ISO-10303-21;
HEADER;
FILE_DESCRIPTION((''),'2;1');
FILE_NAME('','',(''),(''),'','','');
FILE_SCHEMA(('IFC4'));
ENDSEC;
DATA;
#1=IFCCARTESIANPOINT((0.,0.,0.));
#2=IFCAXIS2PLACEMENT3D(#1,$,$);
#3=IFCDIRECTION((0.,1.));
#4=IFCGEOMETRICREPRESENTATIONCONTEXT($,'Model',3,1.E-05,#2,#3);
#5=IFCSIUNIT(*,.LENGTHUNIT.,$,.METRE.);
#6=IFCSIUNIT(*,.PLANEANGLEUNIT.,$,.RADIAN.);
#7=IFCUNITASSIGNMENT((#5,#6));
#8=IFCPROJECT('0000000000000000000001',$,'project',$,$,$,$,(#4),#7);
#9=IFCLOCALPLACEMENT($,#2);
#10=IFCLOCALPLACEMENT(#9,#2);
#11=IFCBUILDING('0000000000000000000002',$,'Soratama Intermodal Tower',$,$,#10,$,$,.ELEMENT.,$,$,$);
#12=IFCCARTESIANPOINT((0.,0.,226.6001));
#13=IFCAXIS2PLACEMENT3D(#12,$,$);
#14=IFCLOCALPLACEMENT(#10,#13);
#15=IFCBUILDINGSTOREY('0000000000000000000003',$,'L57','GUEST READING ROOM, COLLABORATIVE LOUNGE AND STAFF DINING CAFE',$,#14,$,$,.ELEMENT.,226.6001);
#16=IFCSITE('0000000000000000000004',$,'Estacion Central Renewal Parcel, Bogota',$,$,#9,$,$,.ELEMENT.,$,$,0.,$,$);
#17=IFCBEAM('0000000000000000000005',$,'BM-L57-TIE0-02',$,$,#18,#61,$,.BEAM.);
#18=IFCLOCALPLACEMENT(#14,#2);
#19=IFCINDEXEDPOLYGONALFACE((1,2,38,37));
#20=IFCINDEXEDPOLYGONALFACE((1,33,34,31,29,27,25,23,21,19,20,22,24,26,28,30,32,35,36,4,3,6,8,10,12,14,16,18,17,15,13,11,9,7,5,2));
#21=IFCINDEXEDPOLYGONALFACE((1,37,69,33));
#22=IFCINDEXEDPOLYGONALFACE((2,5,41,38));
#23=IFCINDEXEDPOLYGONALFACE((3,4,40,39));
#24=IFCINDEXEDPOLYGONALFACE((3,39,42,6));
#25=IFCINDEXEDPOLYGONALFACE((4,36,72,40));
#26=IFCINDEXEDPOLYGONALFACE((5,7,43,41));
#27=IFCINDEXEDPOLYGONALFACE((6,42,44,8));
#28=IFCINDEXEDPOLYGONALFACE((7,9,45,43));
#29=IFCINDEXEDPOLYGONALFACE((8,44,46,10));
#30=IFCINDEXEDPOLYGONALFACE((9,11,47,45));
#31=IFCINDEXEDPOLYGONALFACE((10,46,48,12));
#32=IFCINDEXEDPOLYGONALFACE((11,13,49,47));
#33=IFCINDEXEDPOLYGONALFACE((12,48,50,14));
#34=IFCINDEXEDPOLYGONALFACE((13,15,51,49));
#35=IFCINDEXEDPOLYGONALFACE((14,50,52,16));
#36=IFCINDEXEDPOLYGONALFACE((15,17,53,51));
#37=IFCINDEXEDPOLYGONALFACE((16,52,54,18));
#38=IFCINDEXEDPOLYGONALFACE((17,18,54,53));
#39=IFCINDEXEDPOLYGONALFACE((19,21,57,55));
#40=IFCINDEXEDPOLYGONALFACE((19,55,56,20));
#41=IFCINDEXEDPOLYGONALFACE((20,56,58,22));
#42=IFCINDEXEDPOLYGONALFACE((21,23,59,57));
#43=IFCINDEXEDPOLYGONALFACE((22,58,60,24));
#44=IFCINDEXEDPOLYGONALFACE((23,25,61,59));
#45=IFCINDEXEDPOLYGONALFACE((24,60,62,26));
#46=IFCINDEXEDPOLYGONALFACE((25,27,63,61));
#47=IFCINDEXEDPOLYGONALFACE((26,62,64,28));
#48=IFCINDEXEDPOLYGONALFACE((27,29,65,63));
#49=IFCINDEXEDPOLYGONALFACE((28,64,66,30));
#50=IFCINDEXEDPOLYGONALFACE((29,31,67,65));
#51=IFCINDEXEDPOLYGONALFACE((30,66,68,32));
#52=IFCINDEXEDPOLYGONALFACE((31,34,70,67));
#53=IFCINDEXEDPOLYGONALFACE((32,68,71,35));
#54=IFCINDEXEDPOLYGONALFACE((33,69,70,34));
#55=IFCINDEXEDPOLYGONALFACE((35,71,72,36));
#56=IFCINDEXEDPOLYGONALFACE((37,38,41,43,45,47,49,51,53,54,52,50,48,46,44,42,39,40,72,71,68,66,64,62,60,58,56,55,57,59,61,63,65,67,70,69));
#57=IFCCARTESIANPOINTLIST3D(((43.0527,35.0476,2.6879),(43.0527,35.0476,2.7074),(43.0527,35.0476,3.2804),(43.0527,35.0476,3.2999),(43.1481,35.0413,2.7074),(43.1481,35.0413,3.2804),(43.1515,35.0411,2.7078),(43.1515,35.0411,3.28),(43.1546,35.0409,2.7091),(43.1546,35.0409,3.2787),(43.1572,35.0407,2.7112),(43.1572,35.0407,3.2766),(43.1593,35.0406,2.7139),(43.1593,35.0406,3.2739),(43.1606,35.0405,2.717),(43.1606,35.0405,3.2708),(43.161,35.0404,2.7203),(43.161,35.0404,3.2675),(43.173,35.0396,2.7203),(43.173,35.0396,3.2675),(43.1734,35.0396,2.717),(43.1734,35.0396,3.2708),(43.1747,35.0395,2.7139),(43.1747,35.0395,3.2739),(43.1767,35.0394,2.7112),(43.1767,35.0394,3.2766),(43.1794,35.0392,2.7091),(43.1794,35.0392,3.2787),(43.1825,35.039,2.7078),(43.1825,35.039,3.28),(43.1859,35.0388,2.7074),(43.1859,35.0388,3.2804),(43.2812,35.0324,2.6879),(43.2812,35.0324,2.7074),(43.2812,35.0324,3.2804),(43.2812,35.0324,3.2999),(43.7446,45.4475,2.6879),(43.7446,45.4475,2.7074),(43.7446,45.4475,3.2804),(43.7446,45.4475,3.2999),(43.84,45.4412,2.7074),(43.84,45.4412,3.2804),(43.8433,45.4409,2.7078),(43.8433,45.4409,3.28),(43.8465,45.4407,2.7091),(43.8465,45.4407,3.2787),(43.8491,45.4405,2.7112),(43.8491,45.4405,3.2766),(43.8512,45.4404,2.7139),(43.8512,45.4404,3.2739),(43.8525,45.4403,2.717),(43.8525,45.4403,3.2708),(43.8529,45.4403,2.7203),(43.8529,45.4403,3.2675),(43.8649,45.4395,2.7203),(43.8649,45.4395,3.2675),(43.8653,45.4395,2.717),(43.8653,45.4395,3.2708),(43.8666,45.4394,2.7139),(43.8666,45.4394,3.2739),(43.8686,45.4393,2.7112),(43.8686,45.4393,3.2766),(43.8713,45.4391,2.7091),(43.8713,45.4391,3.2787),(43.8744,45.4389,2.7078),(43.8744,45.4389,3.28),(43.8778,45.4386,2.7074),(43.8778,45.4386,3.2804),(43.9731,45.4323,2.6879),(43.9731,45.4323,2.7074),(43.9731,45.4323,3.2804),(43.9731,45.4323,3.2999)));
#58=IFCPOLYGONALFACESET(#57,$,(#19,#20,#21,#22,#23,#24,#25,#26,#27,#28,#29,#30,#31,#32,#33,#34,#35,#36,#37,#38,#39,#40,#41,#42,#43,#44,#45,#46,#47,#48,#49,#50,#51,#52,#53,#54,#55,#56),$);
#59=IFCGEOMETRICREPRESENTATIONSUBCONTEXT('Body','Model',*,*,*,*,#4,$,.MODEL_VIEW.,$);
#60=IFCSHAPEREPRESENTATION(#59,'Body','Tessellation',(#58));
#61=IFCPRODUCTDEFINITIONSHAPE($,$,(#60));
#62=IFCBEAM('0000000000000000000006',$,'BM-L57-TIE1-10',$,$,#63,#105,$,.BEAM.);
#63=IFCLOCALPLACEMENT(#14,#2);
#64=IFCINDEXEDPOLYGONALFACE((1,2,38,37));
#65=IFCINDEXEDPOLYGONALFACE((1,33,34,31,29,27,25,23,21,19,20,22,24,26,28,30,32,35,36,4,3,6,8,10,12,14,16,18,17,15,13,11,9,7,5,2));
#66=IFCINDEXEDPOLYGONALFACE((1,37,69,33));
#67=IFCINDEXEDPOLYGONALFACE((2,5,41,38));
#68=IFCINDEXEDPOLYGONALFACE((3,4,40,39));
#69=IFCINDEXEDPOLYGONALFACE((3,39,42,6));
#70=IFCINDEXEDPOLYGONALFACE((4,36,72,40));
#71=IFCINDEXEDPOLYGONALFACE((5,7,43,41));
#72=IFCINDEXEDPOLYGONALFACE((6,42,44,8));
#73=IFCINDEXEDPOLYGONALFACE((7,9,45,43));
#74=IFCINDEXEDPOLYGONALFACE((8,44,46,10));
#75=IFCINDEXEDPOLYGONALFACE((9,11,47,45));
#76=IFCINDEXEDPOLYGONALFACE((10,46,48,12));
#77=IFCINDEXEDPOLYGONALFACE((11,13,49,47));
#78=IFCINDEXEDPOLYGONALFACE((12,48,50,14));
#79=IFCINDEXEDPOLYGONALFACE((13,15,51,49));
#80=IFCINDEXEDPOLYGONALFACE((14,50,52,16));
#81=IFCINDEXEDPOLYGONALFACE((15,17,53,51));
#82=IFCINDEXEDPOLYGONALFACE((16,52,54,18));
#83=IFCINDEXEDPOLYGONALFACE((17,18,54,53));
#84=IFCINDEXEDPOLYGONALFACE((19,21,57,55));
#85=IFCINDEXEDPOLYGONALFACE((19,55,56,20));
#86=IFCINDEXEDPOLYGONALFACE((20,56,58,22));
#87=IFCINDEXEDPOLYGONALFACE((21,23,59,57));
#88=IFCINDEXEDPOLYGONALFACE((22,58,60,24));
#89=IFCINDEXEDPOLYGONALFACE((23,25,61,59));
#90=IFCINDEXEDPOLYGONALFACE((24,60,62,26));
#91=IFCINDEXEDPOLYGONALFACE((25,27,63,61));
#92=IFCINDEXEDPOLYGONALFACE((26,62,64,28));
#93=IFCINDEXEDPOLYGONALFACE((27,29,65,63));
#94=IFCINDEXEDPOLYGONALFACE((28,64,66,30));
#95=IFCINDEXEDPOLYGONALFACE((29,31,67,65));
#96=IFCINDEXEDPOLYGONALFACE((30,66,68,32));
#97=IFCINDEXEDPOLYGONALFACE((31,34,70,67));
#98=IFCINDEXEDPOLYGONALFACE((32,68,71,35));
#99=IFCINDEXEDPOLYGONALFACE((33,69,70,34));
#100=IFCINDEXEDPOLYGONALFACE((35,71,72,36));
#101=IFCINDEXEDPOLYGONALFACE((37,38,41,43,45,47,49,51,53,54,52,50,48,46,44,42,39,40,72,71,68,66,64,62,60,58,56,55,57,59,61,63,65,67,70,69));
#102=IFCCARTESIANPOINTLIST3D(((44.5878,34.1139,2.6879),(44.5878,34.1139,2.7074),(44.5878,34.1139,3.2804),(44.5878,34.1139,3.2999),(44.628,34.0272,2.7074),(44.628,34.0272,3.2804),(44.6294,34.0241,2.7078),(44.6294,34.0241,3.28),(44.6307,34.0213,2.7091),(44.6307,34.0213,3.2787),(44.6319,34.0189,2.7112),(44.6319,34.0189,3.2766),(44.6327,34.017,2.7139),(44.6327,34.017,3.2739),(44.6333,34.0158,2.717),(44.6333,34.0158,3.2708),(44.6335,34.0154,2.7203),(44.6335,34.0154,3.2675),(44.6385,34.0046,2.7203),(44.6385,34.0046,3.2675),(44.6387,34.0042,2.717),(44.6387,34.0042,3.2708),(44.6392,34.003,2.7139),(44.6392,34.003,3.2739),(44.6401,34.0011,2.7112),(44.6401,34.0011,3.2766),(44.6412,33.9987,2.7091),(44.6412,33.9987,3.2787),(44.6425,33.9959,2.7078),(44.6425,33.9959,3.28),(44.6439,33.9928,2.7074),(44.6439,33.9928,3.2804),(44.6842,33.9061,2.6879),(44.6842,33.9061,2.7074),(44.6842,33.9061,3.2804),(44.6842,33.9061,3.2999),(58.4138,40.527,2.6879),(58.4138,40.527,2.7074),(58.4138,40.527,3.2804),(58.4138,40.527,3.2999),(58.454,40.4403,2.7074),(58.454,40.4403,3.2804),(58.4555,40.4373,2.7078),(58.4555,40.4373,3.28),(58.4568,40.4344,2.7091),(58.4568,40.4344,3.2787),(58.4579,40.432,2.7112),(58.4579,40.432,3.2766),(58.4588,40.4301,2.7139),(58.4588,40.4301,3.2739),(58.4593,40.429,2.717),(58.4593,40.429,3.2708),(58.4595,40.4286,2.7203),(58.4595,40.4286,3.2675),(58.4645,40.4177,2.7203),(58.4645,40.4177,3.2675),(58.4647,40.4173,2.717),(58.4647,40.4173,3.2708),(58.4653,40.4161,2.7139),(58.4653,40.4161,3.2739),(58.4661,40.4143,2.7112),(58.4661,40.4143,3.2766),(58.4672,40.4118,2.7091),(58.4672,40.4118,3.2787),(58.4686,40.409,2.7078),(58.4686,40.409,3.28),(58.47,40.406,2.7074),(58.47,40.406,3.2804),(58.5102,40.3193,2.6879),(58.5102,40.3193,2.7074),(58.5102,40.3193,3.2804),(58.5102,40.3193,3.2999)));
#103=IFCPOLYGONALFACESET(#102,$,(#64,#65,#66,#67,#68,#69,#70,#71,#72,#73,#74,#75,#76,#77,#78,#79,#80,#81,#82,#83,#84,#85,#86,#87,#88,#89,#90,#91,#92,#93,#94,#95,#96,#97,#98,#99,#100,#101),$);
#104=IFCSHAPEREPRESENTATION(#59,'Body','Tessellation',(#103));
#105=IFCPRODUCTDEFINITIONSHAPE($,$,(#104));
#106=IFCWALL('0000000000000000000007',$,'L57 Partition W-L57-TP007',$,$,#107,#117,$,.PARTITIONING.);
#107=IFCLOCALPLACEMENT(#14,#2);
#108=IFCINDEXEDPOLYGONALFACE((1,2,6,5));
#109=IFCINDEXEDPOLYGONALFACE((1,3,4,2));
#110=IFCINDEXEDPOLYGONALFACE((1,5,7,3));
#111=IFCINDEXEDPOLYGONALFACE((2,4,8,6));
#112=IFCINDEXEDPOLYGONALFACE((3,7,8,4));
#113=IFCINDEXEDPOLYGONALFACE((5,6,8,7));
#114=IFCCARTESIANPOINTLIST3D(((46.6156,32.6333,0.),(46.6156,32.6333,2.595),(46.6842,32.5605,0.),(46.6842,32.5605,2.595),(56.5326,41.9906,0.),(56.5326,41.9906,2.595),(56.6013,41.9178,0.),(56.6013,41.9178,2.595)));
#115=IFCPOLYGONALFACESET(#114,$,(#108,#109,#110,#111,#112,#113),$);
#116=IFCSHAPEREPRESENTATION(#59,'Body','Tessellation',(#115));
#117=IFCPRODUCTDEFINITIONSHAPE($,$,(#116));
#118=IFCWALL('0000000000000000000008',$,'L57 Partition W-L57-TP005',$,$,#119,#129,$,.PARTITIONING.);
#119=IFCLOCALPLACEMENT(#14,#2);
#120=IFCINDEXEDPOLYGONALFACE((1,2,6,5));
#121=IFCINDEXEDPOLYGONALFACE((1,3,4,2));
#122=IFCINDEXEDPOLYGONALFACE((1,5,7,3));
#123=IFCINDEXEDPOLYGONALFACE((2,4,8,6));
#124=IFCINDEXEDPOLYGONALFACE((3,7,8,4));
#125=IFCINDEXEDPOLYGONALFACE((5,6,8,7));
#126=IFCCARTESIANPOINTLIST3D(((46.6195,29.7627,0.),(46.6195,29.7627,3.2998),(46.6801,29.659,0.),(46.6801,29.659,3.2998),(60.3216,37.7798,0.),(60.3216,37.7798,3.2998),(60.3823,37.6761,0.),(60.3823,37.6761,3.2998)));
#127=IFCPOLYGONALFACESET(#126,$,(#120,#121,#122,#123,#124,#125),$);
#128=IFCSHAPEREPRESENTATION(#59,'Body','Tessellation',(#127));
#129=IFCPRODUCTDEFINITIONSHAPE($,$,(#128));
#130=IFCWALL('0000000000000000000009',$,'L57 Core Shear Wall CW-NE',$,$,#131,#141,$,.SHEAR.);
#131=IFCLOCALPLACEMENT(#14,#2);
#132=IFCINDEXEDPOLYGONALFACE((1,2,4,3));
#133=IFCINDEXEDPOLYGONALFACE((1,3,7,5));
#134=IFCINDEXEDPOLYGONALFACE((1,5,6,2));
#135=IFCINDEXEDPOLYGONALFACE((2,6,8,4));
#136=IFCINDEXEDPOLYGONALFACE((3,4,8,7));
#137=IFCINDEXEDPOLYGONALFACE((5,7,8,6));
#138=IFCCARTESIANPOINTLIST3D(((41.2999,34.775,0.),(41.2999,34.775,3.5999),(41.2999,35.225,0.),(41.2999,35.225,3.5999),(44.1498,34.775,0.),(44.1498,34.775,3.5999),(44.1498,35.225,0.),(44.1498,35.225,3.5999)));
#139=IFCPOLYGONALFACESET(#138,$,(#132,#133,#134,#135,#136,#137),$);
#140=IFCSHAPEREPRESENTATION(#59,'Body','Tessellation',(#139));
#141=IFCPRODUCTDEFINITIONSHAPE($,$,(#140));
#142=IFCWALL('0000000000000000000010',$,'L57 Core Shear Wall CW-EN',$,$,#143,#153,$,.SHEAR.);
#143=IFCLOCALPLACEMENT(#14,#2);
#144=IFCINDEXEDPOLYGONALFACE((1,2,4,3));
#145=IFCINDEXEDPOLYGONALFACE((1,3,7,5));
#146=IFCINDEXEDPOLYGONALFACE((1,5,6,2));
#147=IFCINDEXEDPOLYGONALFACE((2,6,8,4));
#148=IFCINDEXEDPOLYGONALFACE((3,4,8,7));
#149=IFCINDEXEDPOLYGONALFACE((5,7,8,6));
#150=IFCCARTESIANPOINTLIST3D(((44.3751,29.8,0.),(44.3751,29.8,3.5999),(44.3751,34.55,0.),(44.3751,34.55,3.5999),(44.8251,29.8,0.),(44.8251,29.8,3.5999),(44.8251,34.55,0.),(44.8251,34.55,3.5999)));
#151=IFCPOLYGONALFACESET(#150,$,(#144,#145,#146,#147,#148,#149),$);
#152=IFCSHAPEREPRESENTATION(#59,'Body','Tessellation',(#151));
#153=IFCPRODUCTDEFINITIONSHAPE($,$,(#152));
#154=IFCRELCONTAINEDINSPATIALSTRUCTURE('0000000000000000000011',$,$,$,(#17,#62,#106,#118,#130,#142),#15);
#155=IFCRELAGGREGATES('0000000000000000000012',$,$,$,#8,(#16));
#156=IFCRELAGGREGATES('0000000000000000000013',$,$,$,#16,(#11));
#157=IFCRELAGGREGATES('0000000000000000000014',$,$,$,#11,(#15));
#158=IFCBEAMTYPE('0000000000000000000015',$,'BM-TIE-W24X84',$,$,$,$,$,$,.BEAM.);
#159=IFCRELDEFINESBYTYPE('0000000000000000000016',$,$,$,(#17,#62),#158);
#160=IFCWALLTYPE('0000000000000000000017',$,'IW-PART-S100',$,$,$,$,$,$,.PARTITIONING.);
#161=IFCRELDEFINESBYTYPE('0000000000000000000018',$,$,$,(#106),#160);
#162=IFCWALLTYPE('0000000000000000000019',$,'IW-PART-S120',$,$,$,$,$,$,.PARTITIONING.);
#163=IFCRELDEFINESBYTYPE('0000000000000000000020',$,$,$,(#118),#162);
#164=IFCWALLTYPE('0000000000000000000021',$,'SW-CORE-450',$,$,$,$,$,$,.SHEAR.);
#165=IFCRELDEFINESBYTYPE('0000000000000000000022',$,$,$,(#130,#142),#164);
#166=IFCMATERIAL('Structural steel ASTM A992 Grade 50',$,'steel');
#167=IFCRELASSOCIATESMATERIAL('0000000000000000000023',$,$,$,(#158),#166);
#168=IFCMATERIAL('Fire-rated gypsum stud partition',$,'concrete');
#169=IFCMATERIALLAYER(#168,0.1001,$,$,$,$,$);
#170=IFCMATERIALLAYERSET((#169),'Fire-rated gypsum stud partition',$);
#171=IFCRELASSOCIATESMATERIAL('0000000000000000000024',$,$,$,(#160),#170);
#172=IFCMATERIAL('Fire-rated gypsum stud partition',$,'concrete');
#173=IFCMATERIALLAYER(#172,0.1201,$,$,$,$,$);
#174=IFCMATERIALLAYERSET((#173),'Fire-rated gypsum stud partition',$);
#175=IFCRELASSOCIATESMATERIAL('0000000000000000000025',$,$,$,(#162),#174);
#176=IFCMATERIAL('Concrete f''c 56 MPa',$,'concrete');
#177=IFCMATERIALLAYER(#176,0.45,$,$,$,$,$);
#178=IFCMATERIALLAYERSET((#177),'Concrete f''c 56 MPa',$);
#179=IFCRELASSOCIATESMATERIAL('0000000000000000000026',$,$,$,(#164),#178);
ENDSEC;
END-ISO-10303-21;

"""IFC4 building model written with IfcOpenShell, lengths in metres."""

from ifc_helpers import new_model, si_unit, direction, frame, frame_2d, origin, origin_2d, place, context, subcontext, project, spatial, rectangle, i_section, extrude, material, layer, layer_set, material_profile, profile_set, type_object, element, save


model = new_model("IFC4")

# Units and contexts
model_context = context("Model", 3, precision=1e-05, world=origin(), true_north=direction((0.0, 1.0)))
body_context = subcontext(model_context, "Body", "Model", "MODEL_VIEW")
ifc_project = project(units=[si_unit("LENGTHUNIT", "METRE"), si_unit("PLANEANGLEUNIT", "RADIAN")], contexts=[model_context])

# Site, building, storey
site_placement = place(None, origin())
site = spatial("IfcSite", under=ifc_project, at=site_placement, Name="Estacion Central Renewal Parcel, Bogota", CompositionType="ELEMENT", RefElevation=0.0)
building_placement = place(site_placement, origin())
building = spatial("IfcBuilding", under=site, at=building_placement, Name="Soratama Intermodal Tower", CompositionType="ELEMENT")
storey_placement = place(building_placement, frame((0.0, 0.0, 226.6001)))
storey = spatial("IfcBuildingStorey", under=building, at=storey_placement, Name="L57", Description="GUEST READING ROOM, COLLABORATIVE LOUNGE AND STAFF DINING CAFE", CompositionType="ELEMENT", Elevation=226.6001)

# Beams
ifc_material_1 = material(Name="Structural steel ASTM A992 Grade 50", Category="steel")
ifc_material_profile_1 = material_profile(ifc_material_1, i_section(OverallWidth=0.229, OverallDepth=0.6121, WebThickness=0.012, FlangeThickness=0.0195, FilletRadius=0.0129, at=origin_2d()), Name="W24X84")
ifc_profile_set_1 = profile_set([ifc_material_profile_1], Name="Structural steel ASTM A992 Grade 50")
beam_type_1 = type_object("IfcBeamType", Name="BM-TIE-W24X84", PredefinedType="BEAM", material=ifc_profile_set_1)
beam_1_placement = place(storey_placement, frame((43.167, 35.04, 2.9939), z_axis=(0.066382, 0.997794, 0.0), x_axis=(-0.997794, 0.066382, 0.0)))
element("IfcBeam", 1, at=beam_1_placement, inside=storey, type_object=beam_type_1, Name="BM-L57-TIE0-02", PredefinedType="BEAM", context=body_context, shape_type="SweptSolid", body=[
    extrude(i_section(OverallWidth=0.229, OverallDepth=0.6121, WebThickness=0.012, FlangeThickness=0.0195, FilletRadius=0.0129, at=origin_2d()), origin(), (0.0, 0.0, 1.0), 10.4229),
])
beam_2_placement = place(storey_placement, frame((44.636, 34.01, 2.9939), z_axis=(0.907162, 0.420782, 0.0), x_axis=(-0.420782, 0.907162, 0.0)))
element("IfcBeam", 2, at=beam_2_placement, inside=storey, type_object=beam_type_1, Name="BM-L57-TIE1-10", PredefinedType="BEAM", context=body_context, shape_type="SweptSolid", body=[
    extrude(i_section(OverallWidth=0.229, OverallDepth=0.6121, WebThickness=0.012, FlangeThickness=0.0195, FilletRadius=0.0129, at=origin_2d()), origin(), (0.0, 0.0, 1.0), 15.241),
])

# Walls
ifc_material_2 = material(Name="Fire-rated gypsum stud partition", Category="concrete")
ifc_layer_1 = layer(ifc_material_2, 0.1001)
ifc_layer_set_1 = layer_set([ifc_layer_1], Name="Fire-rated gypsum stud partition")
wall_type_1 = type_object("IfcWallType", Name="IW-PART-S100", PredefinedType="PARTITIONING", material=ifc_layer_set_1)
wall_1_placement = place(storey_placement, frame((46.6499, 32.5969, 0.0), z_axis=(0.0, 0.0, 1.0), x_axis=(0.727338, 0.68628, 0.0)))
element("IfcWall", 3, at=wall_1_placement, inside=storey, type_object=wall_type_1, Name="L57 Partition W-L57-TP007", PredefinedType="PARTITIONING", context=body_context, shape_type="SweptSolid", body=[
    extrude(rectangle(XDim=13.6348, YDim=0.1001, at=frame_2d((6.8174, 0.0))), origin(), (0.0, 0.0, 1.0), 2.595),
])
ifc_material_3 = material(Name="Fire-rated gypsum stud partition", Category="concrete")
ifc_layer_2 = layer(ifc_material_3, 0.1201)
ifc_layer_set_2 = layer_set([ifc_layer_2], Name="Fire-rated gypsum stud partition")
wall_type_2 = type_object("IfcWallType", Name="IW-PART-S120", PredefinedType="PARTITIONING", material=ifc_layer_set_2)
wall_2_placement = place(storey_placement, frame((46.6499, 29.7109, 0.0), z_axis=(0.0, 0.0, 1.0), x_axis=(0.863116, 0.505007, 0.0)))
element("IfcWall", 4, at=wall_2_placement, inside=storey, type_object=wall_type_2, Name="L57 Partition W-L57-TP005", PredefinedType="PARTITIONING", context=body_context, shape_type="SweptSolid", body=[
    extrude(rectangle(XDim=15.8752, YDim=0.1201, at=frame_2d((7.9375, 0.0))), origin(), (0.0, 0.0, 1.0), 3.2998),
])
ifc_material_4 = material(Name="Concrete f'c 56 MPa", Category="concrete")
ifc_layer_3 = layer(ifc_material_4, 0.45)
ifc_layer_set_3 = layer_set([ifc_layer_3], Name="Concrete f'c 56 MPa")
wall_type_3 = type_object("IfcWallType", Name="SW-CORE-450", PredefinedType="SHEAR", material=ifc_layer_set_3)
wall_3_placement = place(storey_placement, frame((41.3, 35.0, 0.0), z_axis=(0.0, 0.0, 1.0), x_axis=(1.0, 0.0, 0.0)))
element("IfcWall", 5, at=wall_3_placement, inside=storey, type_object=wall_type_3, Name="L57 Core Shear Wall CW-NE", PredefinedType="SHEAR", context=body_context, shape_type="SweptSolid", body=[
    extrude(rectangle(XDim=2.8499, YDim=0.45, at=frame_2d((1.4248, 0.0))), origin(), (0.0, 0.0, 1.0), 3.5999),
])
wall_4_placement = place(storey_placement, frame((44.6001, 29.8, 0.0), z_axis=(0.0, 0.0, 1.0), x_axis=(0.0, 1.0, 0.0)))
element("IfcWall", 6, at=wall_4_placement, inside=storey, type_object=wall_type_3, Name="L57 Core Shear Wall CW-EN", PredefinedType="SHEAR", context=body_context, shape_type="SweptSolid", body=[
    extrude(rectangle(XDim=4.75, YDim=0.45, at=frame_2d((2.375, 0.0))), origin(), (0.0, 0.0, 1.0), 3.5999),
])

save(model, "model.ifc")
